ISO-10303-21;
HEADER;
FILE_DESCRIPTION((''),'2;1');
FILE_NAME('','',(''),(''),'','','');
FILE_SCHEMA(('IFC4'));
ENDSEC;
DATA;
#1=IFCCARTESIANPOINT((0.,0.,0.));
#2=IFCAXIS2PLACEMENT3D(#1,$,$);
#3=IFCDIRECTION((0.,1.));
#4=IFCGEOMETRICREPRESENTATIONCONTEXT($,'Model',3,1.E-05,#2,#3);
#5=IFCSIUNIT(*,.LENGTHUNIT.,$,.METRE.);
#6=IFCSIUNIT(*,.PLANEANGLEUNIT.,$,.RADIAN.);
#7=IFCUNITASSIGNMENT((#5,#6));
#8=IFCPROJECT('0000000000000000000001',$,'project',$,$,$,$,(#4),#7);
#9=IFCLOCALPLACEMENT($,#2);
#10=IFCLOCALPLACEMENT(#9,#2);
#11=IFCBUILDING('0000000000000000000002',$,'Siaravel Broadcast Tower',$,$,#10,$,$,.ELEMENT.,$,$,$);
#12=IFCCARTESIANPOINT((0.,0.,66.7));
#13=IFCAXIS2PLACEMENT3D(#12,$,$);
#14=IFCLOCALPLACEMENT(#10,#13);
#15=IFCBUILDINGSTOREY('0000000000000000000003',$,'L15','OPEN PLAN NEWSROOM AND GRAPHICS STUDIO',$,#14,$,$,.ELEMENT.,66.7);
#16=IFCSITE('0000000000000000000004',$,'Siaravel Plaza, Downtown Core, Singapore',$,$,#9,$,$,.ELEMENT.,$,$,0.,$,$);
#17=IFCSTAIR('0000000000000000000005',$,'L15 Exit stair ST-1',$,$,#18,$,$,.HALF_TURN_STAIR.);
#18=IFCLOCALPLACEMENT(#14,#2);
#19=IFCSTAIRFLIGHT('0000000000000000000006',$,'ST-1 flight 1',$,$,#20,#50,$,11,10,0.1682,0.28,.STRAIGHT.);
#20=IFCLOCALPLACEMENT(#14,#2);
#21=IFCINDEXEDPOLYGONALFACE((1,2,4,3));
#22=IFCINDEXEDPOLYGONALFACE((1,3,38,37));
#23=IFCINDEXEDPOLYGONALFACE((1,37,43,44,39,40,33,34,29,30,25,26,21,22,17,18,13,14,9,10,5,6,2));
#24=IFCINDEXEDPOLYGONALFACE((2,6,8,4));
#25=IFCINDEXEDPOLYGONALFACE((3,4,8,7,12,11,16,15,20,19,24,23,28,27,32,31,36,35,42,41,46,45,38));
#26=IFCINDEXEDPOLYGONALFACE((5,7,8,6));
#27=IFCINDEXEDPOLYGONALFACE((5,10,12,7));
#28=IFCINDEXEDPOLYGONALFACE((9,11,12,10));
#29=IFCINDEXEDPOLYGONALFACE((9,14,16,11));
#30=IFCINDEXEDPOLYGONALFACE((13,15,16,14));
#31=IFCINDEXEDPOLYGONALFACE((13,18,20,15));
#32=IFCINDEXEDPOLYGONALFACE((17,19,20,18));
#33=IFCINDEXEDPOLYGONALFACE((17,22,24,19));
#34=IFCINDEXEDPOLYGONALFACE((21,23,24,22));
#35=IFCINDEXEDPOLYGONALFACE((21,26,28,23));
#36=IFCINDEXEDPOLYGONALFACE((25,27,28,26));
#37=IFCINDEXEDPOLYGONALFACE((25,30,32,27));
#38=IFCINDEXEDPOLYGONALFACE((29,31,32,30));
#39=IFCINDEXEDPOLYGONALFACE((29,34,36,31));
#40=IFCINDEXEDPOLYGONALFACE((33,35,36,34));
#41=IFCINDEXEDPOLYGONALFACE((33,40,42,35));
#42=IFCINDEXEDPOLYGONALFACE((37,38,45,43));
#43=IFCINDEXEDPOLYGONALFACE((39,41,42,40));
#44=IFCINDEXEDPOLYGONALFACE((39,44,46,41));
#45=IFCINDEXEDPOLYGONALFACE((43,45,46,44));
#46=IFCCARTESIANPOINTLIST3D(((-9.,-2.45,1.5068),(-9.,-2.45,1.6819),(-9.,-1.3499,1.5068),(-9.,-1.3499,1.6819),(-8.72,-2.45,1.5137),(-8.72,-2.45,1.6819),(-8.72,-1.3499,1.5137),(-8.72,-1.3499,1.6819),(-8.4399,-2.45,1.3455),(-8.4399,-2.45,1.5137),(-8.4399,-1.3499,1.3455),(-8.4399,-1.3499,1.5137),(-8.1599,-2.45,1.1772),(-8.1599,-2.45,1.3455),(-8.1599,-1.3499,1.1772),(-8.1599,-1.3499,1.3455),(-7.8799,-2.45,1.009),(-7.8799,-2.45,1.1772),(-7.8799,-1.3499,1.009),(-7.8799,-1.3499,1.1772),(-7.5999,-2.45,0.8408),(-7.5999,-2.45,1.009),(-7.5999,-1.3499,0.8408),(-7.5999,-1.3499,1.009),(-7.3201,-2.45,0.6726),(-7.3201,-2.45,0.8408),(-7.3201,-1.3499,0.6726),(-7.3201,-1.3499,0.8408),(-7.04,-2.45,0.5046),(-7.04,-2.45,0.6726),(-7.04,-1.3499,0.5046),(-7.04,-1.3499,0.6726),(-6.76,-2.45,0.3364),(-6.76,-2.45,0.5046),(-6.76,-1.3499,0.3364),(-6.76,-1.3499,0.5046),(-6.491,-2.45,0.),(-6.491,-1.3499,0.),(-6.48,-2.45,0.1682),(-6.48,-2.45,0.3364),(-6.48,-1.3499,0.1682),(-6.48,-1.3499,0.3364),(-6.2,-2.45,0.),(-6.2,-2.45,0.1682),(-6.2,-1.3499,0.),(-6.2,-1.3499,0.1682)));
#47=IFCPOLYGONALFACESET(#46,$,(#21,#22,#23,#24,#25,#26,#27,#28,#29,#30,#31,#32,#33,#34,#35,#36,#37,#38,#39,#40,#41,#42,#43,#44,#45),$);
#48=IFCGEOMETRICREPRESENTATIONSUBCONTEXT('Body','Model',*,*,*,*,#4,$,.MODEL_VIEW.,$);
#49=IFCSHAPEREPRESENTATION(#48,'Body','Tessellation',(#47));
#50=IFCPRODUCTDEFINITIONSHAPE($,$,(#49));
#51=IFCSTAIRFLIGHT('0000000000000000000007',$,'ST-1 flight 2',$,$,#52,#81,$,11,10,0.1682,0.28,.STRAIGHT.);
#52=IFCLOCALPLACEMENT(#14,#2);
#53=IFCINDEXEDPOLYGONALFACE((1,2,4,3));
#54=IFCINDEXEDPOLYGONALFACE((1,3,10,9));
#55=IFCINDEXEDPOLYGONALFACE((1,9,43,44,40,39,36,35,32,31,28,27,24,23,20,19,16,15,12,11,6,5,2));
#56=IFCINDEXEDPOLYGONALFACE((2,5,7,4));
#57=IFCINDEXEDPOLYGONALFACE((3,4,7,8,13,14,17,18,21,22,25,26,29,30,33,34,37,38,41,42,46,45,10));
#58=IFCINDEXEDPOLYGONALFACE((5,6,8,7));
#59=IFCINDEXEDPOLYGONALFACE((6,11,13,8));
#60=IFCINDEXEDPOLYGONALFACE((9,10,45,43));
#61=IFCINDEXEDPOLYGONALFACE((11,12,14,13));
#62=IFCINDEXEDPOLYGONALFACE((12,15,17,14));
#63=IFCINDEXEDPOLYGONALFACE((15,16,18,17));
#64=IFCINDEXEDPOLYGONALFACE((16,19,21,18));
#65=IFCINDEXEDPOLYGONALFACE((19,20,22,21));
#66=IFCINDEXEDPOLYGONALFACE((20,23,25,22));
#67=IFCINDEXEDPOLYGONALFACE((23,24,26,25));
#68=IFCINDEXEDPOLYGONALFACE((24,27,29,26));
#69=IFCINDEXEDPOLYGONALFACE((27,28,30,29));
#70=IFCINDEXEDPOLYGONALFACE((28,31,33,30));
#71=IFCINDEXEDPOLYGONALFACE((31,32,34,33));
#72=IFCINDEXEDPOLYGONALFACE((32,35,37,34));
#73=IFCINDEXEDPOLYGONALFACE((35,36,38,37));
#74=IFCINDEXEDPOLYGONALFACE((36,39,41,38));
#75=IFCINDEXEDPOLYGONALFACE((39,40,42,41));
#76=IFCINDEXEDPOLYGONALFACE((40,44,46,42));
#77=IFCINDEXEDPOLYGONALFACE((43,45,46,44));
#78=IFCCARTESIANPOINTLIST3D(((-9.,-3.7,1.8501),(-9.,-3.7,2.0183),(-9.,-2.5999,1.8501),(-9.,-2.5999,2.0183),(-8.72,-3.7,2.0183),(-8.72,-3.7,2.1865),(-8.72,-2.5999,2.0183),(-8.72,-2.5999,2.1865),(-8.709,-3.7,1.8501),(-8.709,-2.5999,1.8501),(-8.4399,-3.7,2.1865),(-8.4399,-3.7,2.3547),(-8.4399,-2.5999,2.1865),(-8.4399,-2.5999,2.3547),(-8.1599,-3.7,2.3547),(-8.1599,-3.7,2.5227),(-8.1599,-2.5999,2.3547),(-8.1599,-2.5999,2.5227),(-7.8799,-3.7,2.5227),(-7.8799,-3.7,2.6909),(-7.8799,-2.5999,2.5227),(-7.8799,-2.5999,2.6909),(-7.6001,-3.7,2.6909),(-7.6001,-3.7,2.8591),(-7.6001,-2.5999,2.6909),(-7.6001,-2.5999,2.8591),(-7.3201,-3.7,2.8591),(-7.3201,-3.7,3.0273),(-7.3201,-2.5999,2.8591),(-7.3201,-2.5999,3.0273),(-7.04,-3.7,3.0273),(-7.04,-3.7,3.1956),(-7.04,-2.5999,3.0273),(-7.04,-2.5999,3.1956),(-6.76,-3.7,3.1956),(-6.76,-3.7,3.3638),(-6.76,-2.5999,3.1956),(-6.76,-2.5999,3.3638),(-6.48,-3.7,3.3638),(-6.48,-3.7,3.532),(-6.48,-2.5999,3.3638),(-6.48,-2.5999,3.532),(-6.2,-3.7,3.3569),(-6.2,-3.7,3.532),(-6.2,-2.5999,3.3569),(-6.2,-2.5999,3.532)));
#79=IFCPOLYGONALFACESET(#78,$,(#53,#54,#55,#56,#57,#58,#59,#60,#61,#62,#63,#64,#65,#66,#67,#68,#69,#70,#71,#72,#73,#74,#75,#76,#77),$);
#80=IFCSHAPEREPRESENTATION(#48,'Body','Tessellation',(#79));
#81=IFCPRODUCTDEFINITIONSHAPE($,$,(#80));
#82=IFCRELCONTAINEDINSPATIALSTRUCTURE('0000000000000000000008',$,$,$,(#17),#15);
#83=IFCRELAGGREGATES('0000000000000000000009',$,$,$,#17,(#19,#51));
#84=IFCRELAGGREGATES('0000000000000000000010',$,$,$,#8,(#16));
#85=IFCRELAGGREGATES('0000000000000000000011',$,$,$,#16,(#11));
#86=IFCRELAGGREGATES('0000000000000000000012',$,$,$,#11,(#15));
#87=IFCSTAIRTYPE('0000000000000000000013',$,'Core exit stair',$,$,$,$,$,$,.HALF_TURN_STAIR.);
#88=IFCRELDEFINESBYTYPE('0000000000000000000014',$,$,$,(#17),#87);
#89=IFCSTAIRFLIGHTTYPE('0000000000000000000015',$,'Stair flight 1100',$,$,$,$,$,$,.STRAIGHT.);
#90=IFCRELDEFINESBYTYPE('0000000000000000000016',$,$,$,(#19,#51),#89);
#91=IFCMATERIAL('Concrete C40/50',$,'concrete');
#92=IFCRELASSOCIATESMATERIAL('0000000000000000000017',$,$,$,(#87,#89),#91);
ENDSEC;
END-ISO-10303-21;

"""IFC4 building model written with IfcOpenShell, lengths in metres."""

from ifc_helpers import new_model, si_unit, direction, frame, origin, place, context, subcontext, project, spatial, polyline, outline, extrude, material, type_object, element, aggregate, save


model = new_model("IFC4")

# Units and contexts
model_context = context("Model", 3, precision=1e-05, world=origin(), true_north=direction((0.0, 1.0)))
body_context = subcontext(model_context, "Body", "Model", "MODEL_VIEW")
ifc_project = project(units=[si_unit("LENGTHUNIT", "METRE"), si_unit("PLANEANGLEUNIT", "RADIAN")], contexts=[model_context])

# Site, building, storey
site_placement = place(None, origin())
site = spatial("IfcSite", under=ifc_project, at=site_placement, Name="Siaravel Plaza, Downtown Core, Singapore", CompositionType="ELEMENT", RefElevation=0.0)
building_placement = place(site_placement, origin())
building = spatial("IfcBuilding", under=site, at=building_placement, Name="Siaravel Broadcast Tower", CompositionType="ELEMENT")
storey_placement = place(building_placement, frame((0.0, 0.0, 66.7)))
storey = spatial("IfcBuildingStorey", under=building, at=storey_placement, Name="L15", Description="OPEN PLAN NEWSROOM AND GRAPHICS STUDIO", CompositionType="ELEMENT", Elevation=66.7)

# Stair, stair flights
ifc_material_1 = material(Name="Concrete C40/50", Category="concrete")
stair_type = type_object("IfcStairType", Name="Core exit stair", PredefinedType="HALF_TURN_STAIR", material=ifc_material_1)
stair_placement = place(storey_placement, origin())
stair = element("IfcStair", 1, at=stair_placement, inside=storey, type_object=stair_type, Name="L15 Exit stair ST-1", PredefinedType="HALF_TURN_STAIR")
stair_flight_type = type_object("IfcStairFlightType", Name="Stair flight 1100", PredefinedType="STRAIGHT", material=ifc_material_1)
stair_flight_1_placement = place(storey_placement, frame((-6.2, -1.8999, 0.0), z_axis=(0.0, 0.0, 1.0), x_axis=(-1.0, 0.0, 0.0)))
stair_flight_1 = element("IfcStairFlight", 2, at=stair_flight_1_placement, type_object=stair_flight_type, Name="ST-1 flight 1", NumberOfRisers=11, NumberOfTreads=10, PredefinedType="STRAIGHT", RiserHeight=0.1682, TreadLength=0.28, context=body_context, shape_type="SweptSolid", body=[
    extrude(outline(polyline([(0.0, 0.0), (0.0, 0.1682), (0.28, 0.1682), (0.28, 0.3364), (0.5601, 0.3364), (0.5601, 0.5046), (0.8401, 0.5046), (0.8401, 0.6726), (1.1201, 0.6726), (1.1201, 0.8408), (1.3999, 0.8408), (1.3999, 1.009), (1.6799, 1.009), (1.6799, 1.1772), (1.96, 1.1772), (1.96, 1.3455), (2.24, 1.3455), (2.24, 1.5137), (2.52, 1.5137), (2.52, 1.6819), (2.8, 1.6819), (2.8, 1.8501), (2.8, 1.5068), (0.291, 0.0), (0.0, 0.0)])), frame((0.0, 0.55, 0.0), z_axis=(0.0, -1.0, 0.0), x_axis=(1.0, 0.0, 0.0)), (0.0, 0.0, 1.0), 1.1001),
])
stair_flight_2_placement = place(storey_placement, frame((-9.0, -3.1499, 1.8501), z_axis=(0.0, 0.0, 1.0), x_axis=(1.0, 0.0, 0.0)))
stair_flight_2 = element("IfcStairFlight", 3, at=stair_flight_2_placement, type_object=stair_flight_type, Name="ST-1 flight 2", NumberOfRisers=11, NumberOfTreads=10, PredefinedType="STRAIGHT", RiserHeight=0.1682, TreadLength=0.28, context=body_context, shape_type="SweptSolid", body=[
    extrude(outline(polyline([(0.0, 0.0), (0.0, 0.1682), (0.28, 0.1682), (0.28, 0.3364), (0.5601, 0.3364), (0.5601, 0.5046), (0.8401, 0.5046), (0.8401, 0.6726), (1.1201, 0.6726), (1.1201, 0.8408), (1.3999, 0.8408), (1.3999, 1.009), (1.6799, 1.009), (1.6799, 1.1772), (1.96, 1.1772), (1.96, 1.3455), (2.24, 1.3455), (2.24, 1.5137), (2.52, 1.5137), (2.52, 1.6819), (2.8, 1.6819), (2.8, 1.8501), (2.8, 1.5068), (0.291, 0.0), (0.0, 0.0)])), frame((0.0, 0.55, 0.0), z_axis=(0.0, -1.0, 0.0), x_axis=(1.0, 0.0, 0.0)), (0.0, 0.0, 1.0), 1.1001),
])
aggregate(stair, [stair_flight_1, stair_flight_2])

save(model, "model.ifc")
